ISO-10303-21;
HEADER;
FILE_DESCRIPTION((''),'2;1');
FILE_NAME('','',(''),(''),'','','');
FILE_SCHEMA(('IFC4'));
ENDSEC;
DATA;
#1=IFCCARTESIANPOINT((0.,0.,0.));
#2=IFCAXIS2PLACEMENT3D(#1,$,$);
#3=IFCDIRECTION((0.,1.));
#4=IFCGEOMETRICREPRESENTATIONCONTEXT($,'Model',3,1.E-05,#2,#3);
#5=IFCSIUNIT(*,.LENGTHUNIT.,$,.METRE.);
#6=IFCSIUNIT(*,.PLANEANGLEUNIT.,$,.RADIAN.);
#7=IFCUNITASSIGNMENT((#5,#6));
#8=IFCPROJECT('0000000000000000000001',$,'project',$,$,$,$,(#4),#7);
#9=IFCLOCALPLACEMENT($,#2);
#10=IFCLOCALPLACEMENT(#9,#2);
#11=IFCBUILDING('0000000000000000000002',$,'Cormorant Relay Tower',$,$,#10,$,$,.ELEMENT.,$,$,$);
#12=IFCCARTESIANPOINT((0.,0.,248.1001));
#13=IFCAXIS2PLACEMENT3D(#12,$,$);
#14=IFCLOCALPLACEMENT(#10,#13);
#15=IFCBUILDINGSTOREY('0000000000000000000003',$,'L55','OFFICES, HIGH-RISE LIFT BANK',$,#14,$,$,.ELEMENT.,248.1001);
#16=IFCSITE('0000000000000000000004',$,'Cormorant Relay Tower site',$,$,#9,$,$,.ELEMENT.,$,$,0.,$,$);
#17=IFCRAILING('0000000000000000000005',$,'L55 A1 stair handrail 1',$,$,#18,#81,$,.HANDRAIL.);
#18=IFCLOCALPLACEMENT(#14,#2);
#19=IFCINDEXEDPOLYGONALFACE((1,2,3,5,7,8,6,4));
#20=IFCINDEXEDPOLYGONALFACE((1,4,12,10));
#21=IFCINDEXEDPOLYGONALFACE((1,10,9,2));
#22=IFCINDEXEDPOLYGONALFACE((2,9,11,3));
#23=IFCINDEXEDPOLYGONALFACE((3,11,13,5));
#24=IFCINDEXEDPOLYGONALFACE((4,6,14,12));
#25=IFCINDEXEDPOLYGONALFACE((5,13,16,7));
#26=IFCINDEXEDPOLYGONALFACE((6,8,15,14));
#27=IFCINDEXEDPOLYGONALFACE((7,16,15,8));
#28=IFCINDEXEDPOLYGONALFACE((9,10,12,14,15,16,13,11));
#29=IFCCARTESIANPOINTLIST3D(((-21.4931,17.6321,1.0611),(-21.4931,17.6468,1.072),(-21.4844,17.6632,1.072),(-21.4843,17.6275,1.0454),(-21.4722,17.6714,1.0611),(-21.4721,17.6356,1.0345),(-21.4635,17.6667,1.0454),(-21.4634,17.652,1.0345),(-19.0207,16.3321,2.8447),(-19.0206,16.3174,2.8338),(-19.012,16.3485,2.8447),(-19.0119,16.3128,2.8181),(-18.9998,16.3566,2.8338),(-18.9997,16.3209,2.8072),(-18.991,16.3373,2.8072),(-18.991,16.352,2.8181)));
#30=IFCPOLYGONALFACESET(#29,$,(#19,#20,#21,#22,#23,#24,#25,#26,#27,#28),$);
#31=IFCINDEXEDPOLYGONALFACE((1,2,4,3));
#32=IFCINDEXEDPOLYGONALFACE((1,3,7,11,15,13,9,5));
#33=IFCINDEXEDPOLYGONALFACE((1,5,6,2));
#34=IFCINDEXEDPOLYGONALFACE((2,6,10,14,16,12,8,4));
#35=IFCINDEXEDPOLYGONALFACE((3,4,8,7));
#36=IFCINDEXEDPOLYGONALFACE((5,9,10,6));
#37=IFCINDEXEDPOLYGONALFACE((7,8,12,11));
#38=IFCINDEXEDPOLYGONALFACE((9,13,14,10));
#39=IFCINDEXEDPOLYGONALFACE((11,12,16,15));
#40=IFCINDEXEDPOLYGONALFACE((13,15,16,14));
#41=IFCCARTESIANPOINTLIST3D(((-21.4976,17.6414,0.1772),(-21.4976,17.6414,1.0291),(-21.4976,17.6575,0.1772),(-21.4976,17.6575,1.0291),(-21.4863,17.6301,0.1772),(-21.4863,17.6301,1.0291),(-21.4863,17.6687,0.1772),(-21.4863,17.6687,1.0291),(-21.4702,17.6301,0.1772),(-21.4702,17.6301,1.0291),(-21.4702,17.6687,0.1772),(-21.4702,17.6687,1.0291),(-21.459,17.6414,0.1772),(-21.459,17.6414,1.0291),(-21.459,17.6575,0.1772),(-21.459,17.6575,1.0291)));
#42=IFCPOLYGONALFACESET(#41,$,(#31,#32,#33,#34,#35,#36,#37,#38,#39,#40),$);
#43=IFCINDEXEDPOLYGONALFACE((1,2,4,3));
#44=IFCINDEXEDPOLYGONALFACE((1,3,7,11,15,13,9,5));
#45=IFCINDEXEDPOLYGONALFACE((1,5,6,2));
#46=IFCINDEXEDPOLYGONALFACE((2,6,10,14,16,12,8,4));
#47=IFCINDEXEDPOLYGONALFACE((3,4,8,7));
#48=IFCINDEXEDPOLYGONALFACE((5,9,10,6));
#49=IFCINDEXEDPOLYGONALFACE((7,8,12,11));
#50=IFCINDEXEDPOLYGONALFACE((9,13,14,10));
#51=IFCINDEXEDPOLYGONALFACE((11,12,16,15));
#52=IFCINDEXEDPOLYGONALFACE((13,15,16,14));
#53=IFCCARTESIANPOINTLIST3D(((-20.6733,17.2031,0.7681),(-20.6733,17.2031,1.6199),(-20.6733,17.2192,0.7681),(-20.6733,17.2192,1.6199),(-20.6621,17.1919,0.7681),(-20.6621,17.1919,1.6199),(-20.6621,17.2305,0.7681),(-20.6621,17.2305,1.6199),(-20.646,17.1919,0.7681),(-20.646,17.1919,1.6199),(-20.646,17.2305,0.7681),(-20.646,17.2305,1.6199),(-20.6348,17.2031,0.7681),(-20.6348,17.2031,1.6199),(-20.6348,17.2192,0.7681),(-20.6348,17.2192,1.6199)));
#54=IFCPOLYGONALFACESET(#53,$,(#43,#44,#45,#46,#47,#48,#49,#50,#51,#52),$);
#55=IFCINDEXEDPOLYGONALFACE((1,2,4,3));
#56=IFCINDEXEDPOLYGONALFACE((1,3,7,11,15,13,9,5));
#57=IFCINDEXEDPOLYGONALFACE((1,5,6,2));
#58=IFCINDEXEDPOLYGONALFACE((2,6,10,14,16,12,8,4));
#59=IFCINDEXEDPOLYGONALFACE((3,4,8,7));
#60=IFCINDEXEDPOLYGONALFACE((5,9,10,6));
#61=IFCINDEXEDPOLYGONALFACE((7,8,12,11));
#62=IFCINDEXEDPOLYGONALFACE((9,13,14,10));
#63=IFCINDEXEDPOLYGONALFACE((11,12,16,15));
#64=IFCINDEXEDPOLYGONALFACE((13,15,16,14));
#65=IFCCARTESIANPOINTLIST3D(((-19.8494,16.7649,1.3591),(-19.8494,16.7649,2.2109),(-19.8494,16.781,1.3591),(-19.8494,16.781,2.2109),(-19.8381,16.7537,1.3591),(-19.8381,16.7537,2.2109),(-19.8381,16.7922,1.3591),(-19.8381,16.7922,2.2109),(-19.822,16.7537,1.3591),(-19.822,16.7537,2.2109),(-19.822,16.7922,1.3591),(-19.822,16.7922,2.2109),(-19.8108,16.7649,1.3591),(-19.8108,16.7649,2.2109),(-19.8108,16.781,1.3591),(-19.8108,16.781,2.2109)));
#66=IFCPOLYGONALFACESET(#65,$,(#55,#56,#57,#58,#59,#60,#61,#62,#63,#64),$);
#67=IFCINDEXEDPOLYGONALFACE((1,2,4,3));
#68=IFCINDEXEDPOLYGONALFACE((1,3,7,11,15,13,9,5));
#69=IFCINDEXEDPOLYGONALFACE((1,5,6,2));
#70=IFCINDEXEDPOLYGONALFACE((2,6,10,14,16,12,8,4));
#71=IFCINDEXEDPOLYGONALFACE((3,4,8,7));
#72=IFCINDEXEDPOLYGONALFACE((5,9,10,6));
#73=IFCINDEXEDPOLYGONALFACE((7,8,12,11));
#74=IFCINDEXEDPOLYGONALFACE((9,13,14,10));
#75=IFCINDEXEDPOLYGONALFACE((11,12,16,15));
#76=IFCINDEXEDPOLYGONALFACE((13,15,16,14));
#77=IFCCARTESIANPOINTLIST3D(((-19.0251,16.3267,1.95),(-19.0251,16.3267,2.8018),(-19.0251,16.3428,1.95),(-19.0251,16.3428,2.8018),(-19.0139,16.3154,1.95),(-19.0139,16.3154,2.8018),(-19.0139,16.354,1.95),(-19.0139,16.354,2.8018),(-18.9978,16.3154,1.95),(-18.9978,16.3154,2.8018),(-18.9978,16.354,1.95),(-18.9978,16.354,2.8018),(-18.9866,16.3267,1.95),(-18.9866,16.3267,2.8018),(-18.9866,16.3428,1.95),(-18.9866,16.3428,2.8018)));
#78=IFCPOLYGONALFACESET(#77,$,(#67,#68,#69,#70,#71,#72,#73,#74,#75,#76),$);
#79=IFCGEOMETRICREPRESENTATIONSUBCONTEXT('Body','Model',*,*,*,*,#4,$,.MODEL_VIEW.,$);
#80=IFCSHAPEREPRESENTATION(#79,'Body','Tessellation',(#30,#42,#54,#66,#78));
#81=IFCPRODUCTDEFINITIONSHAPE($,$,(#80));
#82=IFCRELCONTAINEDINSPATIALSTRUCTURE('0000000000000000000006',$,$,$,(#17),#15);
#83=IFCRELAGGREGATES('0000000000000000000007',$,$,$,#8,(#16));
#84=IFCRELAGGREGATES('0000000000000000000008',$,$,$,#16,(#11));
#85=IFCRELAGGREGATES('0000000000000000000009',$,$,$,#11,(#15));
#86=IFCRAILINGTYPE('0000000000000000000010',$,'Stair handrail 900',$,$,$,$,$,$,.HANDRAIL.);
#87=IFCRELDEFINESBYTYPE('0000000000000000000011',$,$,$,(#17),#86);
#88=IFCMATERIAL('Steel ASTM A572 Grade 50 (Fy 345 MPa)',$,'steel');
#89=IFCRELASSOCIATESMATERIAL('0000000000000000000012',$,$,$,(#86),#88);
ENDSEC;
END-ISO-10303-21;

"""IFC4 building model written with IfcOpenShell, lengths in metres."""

from ifc_helpers import new_model, si_unit, direction, frame, origin, place, context, subcontext, project, spatial, polyline, outline, extrude, material, type_object, element, save


model = new_model("IFC4")

# Units and contexts
model_context = context("Model", 3, precision=1e-05, world=origin(), true_north=direction((0.0, 1.0)))
body_context = subcontext(model_context, "Body", "Model", "MODEL_VIEW")
ifc_project = project(units=[si_unit("LENGTHUNIT", "METRE"), si_unit("PLANEANGLEUNIT", "RADIAN")], contexts=[model_context])

# Site, building, storey
site_placement = place(None, origin())
site = spatial("IfcSite", under=ifc_project, at=site_placement, Name="Cormorant Relay Tower site", CompositionType="ELEMENT", RefElevation=0.0)
building_placement = place(site_placement, origin())
building = spatial("IfcBuilding", under=site, at=building_placement, Name="Cormorant Relay Tower", CompositionType="ELEMENT")
storey_placement = place(building_placement, frame((0.0, 0.0, 248.1001)))
storey = spatial("IfcBuildingStorey", under=building, at=storey_placement, Name="L55", Description="OFFICES, HIGH-RISE LIFT BANK", CompositionType="ELEMENT", Elevation=248.1001)

# Railing
ifc_material_1 = material(Name="Steel ASTM A572 Grade 50 (Fy 345 MPa)", Category="steel")
railing_type = type_object("IfcRailingType", Name="Stair handrail 900", PredefinedType="HANDRAIL", material=ifc_material_1)
railing_placement = place(storey_placement, frame((-21.4783, 17.6494, 0.1772)))
element("IfcRailing", 1, at=railing_placement, inside=storey, type_object=railing_type, Name="L55 A1 stair handrail 1", PredefinedType="HANDRAIL", context=body_context, shape_type="SweptSolid", body=[
    extrude(outline(polyline([(0.0222, 0.0093), (0.0093, 0.0222), (-0.0093, 0.0222), (-0.0222, 0.0093), (-0.0222, -0.0093), (-0.0093, -0.0222), (0.0093, -0.0222), (0.0222, -0.0093), (0.0222, 0.0093)])), frame((0.0, 0.0, 0.876), z_axis=(0.746012, -0.39669, 0.534886), x_axis=(0.469497, 0.882934, 0.0)), (0.0, 0.0, 1.0), 3.3142),
    extrude(outline(polyline([(0.0193, 0.0081), (0.0081, 0.0193), (-0.0081, 0.0193), (-0.0193, 0.0081), (-0.0193, -0.0081), (-0.0081, -0.0193), (0.0081, -0.0193), (0.0193, -0.0081), (0.0193, 0.0081)])), origin(), (0.0, 0.0, 1.0), 0.8518),
    extrude(outline(polyline([(0.0193, 0.0081), (0.0081, 0.0193), (-0.0081, 0.0193), (-0.0193, 0.0081), (-0.0193, -0.0081), (-0.0081, -0.0193), (0.0081, -0.0193), (0.0193, -0.0081), (0.0193, 0.0081)])), frame((0.8242, -0.4382, 0.5908)), (0.0, 0.0, 1.0), 0.8518),
    extrude(outline(polyline([(0.0193, 0.0081), (0.0081, 0.0193), (-0.0081, 0.0193), (-0.0193, 0.0081), (-0.0193, -0.0081), (-0.0081, -0.0193), (0.0081, -0.0193), (0.0193, -0.0081), (0.0193, 0.0081)])), frame((1.6482, -0.8765, 1.1819)), (0.0, 0.0, 1.0), 0.8518),
    extrude(outline(polyline([(0.0193, 0.0081), (0.0081, 0.0193), (-0.0081, 0.0193), (-0.0193, 0.0081), (-0.0193, -0.0081), (-0.0081, -0.0193), (0.0081, -0.0193), (0.0193, -0.0081), (0.0193, 0.0081)])), frame((2.4724, -1.3147, 1.7727)), (0.0, 0.0, 1.0), 0.8518),
])

save(model, "model.ifc")
